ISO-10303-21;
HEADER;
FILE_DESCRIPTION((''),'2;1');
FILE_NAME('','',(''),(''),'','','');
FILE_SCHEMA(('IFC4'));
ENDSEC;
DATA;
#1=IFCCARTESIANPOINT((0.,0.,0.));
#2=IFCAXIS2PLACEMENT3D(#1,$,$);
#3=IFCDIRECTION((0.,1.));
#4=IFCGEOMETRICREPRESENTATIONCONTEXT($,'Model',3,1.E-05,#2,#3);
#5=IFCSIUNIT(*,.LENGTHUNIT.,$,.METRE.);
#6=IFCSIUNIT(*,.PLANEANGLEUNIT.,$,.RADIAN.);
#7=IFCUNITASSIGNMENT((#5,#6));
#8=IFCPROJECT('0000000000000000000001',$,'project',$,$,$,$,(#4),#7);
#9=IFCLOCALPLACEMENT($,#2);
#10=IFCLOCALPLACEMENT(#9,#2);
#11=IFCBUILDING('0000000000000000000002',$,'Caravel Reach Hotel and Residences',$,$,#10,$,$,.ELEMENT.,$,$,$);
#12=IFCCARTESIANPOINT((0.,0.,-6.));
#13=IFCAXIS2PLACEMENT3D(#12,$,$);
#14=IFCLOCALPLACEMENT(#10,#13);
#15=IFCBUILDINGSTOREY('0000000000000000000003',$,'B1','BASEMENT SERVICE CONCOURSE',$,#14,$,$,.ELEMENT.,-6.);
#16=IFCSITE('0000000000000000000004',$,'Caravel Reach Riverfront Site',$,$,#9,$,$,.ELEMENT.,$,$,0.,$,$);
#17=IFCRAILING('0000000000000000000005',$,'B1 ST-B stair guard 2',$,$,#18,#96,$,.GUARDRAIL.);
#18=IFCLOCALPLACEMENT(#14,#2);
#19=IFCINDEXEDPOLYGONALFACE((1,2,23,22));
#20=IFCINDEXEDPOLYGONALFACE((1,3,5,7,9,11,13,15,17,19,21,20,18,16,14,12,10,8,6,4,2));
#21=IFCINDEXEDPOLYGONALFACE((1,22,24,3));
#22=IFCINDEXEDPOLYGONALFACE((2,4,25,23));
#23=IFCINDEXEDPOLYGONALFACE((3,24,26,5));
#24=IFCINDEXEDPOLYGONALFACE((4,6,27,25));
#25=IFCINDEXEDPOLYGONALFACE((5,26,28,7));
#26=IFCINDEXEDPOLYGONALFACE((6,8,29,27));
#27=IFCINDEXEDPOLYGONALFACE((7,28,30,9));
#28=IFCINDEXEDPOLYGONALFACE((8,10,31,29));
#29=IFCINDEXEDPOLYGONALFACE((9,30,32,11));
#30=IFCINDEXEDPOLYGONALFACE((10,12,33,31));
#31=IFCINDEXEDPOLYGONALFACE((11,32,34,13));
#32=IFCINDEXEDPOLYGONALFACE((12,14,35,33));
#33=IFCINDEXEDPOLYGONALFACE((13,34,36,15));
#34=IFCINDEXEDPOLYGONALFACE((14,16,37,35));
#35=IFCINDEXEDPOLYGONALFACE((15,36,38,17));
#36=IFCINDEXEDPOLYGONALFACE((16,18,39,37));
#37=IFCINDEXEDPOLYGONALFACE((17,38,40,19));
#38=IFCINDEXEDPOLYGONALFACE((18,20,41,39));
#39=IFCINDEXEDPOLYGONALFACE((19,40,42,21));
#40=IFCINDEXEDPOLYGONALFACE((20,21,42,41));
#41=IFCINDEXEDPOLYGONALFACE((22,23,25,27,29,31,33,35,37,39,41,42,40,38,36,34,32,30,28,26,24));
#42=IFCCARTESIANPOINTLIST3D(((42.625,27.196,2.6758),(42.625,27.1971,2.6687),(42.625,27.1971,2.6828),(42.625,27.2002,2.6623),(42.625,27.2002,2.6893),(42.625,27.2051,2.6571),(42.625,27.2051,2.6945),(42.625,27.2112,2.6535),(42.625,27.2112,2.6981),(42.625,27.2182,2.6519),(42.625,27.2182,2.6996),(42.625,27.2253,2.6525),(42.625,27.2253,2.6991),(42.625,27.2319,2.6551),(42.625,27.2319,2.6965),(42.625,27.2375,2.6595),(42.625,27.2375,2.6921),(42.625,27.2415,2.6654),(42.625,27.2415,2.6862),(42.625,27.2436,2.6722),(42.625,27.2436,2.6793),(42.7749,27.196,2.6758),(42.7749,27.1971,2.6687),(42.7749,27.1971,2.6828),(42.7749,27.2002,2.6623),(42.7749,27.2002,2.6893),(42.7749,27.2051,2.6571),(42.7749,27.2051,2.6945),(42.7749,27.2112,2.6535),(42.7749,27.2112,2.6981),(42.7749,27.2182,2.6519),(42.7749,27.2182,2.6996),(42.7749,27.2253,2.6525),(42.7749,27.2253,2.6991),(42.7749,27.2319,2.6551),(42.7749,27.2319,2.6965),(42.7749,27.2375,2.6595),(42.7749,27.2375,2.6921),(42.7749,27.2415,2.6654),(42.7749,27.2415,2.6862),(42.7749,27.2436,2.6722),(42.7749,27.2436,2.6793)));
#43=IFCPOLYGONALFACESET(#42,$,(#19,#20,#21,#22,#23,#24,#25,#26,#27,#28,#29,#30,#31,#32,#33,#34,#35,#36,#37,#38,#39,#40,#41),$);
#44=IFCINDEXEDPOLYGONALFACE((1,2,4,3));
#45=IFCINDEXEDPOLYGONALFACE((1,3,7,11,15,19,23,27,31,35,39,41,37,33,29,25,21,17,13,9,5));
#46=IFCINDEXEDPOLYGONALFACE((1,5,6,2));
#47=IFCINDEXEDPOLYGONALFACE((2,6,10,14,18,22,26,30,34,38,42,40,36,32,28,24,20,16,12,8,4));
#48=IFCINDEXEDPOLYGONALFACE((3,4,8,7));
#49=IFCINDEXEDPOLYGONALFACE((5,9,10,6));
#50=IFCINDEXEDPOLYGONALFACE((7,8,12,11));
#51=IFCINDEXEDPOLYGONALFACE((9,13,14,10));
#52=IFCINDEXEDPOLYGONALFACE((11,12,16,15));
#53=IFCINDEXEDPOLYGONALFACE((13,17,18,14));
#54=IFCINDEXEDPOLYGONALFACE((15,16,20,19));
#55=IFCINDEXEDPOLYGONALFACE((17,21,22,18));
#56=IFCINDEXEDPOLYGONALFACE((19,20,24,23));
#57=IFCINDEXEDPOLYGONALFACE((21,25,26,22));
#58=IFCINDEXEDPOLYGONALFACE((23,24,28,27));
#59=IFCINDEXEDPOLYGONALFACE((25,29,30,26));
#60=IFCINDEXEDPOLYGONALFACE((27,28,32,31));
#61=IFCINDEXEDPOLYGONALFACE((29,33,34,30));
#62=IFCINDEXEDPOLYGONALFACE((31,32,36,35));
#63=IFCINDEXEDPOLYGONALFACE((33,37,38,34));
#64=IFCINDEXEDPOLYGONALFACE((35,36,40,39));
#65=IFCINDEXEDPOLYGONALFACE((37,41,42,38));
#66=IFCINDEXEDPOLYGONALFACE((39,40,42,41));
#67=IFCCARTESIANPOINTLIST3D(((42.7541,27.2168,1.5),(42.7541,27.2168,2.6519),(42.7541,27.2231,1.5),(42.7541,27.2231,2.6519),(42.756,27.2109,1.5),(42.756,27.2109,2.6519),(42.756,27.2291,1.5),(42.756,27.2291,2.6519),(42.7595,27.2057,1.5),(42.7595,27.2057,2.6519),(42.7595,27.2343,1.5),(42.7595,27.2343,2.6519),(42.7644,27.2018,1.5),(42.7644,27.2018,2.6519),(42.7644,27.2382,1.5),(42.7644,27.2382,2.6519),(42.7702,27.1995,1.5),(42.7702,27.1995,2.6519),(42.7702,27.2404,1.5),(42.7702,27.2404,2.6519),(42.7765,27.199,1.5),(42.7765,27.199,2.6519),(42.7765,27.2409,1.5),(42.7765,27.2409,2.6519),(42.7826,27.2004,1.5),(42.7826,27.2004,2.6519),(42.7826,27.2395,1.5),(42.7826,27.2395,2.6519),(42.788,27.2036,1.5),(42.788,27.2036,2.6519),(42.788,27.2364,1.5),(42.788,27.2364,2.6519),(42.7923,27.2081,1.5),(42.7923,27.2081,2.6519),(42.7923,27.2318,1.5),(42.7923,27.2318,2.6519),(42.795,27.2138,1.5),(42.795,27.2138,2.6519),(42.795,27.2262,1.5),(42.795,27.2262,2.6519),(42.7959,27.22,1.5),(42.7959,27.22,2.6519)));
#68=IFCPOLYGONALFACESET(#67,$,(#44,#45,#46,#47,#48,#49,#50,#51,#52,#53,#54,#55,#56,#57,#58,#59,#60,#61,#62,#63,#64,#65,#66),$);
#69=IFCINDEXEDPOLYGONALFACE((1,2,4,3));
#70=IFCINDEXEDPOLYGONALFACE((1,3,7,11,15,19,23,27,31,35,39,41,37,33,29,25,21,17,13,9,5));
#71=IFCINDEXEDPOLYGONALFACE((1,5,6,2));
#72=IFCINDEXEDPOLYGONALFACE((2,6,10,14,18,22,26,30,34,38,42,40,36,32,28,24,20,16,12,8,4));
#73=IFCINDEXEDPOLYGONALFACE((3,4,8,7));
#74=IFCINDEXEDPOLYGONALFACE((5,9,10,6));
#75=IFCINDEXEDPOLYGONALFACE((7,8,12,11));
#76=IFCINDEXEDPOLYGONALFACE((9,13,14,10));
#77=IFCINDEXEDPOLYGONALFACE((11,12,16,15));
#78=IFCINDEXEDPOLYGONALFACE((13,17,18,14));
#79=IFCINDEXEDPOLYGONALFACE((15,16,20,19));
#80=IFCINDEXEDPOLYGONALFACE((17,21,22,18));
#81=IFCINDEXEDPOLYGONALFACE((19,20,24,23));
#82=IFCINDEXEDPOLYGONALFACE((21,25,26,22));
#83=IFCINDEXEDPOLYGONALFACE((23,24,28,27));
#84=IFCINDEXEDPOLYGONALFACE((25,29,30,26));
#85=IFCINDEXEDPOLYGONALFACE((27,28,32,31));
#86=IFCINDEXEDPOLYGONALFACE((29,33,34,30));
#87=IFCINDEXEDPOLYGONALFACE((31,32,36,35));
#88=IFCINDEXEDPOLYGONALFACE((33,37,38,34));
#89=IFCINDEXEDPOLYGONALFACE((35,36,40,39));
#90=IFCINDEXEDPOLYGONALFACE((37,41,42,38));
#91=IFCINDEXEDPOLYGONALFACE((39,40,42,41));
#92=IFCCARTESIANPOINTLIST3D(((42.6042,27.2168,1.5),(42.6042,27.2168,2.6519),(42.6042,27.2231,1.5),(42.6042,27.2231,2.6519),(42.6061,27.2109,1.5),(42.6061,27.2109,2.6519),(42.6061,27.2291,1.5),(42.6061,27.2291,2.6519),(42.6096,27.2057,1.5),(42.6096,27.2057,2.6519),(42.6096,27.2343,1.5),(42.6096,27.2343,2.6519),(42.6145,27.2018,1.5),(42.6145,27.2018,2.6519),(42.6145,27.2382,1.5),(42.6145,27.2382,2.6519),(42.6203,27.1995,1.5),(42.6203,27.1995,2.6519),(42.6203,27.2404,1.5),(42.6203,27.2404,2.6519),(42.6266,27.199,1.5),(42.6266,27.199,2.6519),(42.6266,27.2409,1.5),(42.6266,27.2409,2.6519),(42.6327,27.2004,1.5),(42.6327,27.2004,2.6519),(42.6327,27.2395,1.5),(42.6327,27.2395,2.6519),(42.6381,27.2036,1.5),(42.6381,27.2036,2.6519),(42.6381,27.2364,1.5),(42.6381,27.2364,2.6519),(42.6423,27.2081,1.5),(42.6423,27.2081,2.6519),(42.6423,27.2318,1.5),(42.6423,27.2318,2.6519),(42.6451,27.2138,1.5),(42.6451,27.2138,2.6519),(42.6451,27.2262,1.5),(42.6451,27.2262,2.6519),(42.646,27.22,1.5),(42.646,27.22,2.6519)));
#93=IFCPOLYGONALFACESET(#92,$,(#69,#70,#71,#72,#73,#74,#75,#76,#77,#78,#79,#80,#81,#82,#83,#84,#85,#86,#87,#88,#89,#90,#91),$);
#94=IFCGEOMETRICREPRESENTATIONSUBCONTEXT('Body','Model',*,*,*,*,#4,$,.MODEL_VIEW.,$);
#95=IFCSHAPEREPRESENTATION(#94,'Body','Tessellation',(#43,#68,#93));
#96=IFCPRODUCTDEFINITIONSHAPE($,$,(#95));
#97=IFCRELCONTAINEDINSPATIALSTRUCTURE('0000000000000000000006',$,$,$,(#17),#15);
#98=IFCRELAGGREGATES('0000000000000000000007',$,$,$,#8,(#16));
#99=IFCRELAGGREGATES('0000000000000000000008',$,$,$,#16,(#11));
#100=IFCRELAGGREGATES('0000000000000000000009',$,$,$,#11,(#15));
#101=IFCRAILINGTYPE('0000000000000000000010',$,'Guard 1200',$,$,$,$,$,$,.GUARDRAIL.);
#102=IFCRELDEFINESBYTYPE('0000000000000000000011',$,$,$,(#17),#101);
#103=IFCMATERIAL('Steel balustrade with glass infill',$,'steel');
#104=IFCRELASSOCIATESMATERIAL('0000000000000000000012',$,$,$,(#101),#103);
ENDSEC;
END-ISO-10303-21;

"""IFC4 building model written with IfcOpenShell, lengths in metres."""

from ifc_helpers import new_model, si_unit, direction, frame, origin, origin_2d, place, context, subcontext, project, spatial, circle, extrude, material, type_object, element, save


model = new_model("IFC4")

# Units and contexts
model_context = context("Model", 3, precision=1e-05, world=origin(), true_north=direction((0.0, 1.0)))
body_context = subcontext(model_context, "Body", "Model", "MODEL_VIEW")
ifc_project = project(units=[si_unit("LENGTHUNIT", "METRE"), si_unit("PLANEANGLEUNIT", "RADIAN")], contexts=[model_context])

# Site, building, storey
site_placement = place(None, origin())
site = spatial("IfcSite", under=ifc_project, at=site_placement, Name="Caravel Reach Riverfront Site", CompositionType="ELEMENT", RefElevation=0.0)
building_placement = place(site_placement, origin())
building = spatial("IfcBuilding", under=site, at=building_placement, Name="Caravel Reach Hotel and Residences", CompositionType="ELEMENT")
storey_placement = place(building_placement, frame((0.0, 0.0, -6.0)))
storey = spatial("IfcBuildingStorey", under=building, at=storey_placement, Name="B1", Description="BASEMENT SERVICE CONCOURSE", CompositionType="ELEMENT", Elevation=-6.0)

# Railing
ifc_material_1 = material(Name="Steel balustrade with glass infill", Category="steel")
railing_type_1 = type_object("IfcRailingType", Name="Guard 1200", PredefinedType="GUARDRAIL", material=ifc_material_1)
railing_1_placement = place(storey_placement, frame((42.7749, 27.22, 1.5)))
element("IfcRailing", 1, at=railing_1_placement, inside=storey, type_object=railing_type_1, Name="B1 ST-B stair guard 2", PredefinedType="GUARDRAIL", context=body_context, shape_type="SweptSolid", body=[
    extrude(circle(Radius=0.0239, at=origin_2d()), frame((0.0, 0.0, 1.1758), z_axis=(-1.0, 0.0, 0.0), x_axis=(0.0, -1.0, 0.0)), (0.0, 0.0, 1.0), 0.1499),
    extrude(circle(Radius=0.021, at=origin_2d()), origin(), (0.0, 0.0, 1.0), 1.1519),
    extrude(circle(Radius=0.021, at=origin_2d()), frame((-0.1499, 0.0, 0.0)), (0.0, 0.0, 1.0), 1.1519),
])

save(model, "model.ifc")
